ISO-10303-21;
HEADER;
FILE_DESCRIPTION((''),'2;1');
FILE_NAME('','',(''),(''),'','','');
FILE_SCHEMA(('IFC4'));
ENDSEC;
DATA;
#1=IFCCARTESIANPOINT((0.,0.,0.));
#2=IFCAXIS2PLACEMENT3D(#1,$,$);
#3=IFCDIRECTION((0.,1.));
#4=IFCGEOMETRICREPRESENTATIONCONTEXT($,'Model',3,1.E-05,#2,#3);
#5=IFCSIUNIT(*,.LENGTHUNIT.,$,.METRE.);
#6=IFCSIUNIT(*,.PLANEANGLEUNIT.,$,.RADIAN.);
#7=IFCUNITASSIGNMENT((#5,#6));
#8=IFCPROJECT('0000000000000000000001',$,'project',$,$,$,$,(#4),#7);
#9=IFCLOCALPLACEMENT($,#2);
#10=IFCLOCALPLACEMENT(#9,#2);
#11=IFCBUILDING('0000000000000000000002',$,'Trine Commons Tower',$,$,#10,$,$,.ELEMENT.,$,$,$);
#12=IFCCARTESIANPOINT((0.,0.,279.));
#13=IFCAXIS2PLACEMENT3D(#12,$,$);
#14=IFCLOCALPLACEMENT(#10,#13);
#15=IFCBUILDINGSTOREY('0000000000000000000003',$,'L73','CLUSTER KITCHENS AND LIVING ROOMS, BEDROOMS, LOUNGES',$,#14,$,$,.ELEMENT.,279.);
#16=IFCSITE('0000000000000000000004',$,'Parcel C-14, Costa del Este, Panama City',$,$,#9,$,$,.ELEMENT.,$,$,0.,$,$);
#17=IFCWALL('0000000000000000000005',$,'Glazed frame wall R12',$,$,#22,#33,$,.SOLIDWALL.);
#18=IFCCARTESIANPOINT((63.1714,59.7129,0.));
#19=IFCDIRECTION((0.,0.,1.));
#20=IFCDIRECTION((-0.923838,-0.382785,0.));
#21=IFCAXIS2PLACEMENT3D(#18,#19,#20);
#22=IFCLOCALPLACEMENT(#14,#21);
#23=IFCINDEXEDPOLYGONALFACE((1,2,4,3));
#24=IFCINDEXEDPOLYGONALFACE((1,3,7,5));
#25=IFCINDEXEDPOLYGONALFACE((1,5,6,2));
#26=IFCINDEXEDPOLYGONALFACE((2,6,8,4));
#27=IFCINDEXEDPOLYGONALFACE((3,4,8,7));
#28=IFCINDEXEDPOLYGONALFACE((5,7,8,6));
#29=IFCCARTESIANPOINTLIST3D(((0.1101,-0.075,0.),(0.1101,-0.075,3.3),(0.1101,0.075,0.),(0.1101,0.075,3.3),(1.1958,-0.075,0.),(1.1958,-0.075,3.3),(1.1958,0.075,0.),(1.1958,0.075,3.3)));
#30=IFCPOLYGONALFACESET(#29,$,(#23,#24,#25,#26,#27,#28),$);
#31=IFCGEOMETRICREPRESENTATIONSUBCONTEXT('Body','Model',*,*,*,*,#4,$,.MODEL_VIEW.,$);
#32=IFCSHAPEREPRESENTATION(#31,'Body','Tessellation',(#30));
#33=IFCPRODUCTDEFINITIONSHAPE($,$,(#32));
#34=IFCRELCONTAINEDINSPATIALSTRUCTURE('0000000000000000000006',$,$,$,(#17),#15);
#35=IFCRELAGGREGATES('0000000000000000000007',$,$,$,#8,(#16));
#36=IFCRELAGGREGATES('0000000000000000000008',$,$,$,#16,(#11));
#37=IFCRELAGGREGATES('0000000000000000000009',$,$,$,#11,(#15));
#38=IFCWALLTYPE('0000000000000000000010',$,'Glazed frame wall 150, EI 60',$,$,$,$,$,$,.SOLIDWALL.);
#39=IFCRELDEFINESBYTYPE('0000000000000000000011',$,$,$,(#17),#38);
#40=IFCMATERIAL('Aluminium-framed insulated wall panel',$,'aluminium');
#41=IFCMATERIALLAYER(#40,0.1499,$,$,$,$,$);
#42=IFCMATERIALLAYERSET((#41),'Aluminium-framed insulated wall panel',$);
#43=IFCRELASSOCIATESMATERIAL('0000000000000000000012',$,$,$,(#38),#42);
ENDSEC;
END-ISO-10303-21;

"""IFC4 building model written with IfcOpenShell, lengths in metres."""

from ifc_helpers import new_model, si_unit, direction, frame, origin, place, context, subcontext, project, spatial, polyline, outline, extrude, material, layer, layer_set, type_object, element, save


model = new_model("IFC4")

# Units and contexts
model_context = context("Model", 3, precision=1e-05, world=origin(), true_north=direction((0.0, 1.0)))
body_context = subcontext(model_context, "Body", "Model", "MODEL_VIEW")
ifc_project = project(units=[si_unit("LENGTHUNIT", "METRE"), si_unit("PLANEANGLEUNIT", "RADIAN")], contexts=[model_context])

# Site, building, storey
site_placement = place(None, origin())
site = spatial("IfcSite", under=ifc_project, at=site_placement, Name="Parcel C-14, Costa del Este, Panama City", CompositionType="ELEMENT", RefElevation=0.0)
building_placement = place(site_placement, origin())
building = spatial("IfcBuilding", under=site, at=building_placement, Name="Trine Commons Tower", CompositionType="ELEMENT")
storey_placement = place(building_placement, frame((0.0, 0.0, 279.0)))
storey = spatial("IfcBuildingStorey", under=building, at=storey_placement, Name="L73", Description="CLUSTER KITCHENS AND LIVING ROOMS, BEDROOMS, LOUNGES", CompositionType="ELEMENT", Elevation=279.0)

# Shared definitions
ifc_material_1 = material(Name="Aluminium-framed insulated wall panel", Category="aluminium")
ifc_layer_1 = layer(ifc_material_1, 0.1499)
ifc_layer_set_1 = layer_set([ifc_layer_1], Name="Aluminium-framed insulated wall panel")
wall_type_1 = type_object("IfcWallType", Name="Glazed frame wall 150, EI 60", PredefinedType="SOLIDWALL", material=ifc_layer_set_1)

# Wall
wall_1_placement = place(storey_placement, frame((63.1714, 59.7129, 0.0), z_axis=(0.0, 0.0, 1.0), x_axis=(-0.923838, -0.382785, 0.0)))
element("IfcWall", 1, at=wall_1_placement, inside=storey, type_object=wall_type_1, Name="Glazed frame wall R12", PredefinedType="SOLIDWALL", context=body_context, shape_type="SweptSolid", body=[
    extrude(outline(polyline([(0.1101, 0.075), (0.1101, -0.075), (1.1958, -0.075), (1.1958, 0.075), (0.1101, 0.075)])), origin(), (0.0, 0.0, 1.0), 3.3),
])

save(model, "model.ifc")
